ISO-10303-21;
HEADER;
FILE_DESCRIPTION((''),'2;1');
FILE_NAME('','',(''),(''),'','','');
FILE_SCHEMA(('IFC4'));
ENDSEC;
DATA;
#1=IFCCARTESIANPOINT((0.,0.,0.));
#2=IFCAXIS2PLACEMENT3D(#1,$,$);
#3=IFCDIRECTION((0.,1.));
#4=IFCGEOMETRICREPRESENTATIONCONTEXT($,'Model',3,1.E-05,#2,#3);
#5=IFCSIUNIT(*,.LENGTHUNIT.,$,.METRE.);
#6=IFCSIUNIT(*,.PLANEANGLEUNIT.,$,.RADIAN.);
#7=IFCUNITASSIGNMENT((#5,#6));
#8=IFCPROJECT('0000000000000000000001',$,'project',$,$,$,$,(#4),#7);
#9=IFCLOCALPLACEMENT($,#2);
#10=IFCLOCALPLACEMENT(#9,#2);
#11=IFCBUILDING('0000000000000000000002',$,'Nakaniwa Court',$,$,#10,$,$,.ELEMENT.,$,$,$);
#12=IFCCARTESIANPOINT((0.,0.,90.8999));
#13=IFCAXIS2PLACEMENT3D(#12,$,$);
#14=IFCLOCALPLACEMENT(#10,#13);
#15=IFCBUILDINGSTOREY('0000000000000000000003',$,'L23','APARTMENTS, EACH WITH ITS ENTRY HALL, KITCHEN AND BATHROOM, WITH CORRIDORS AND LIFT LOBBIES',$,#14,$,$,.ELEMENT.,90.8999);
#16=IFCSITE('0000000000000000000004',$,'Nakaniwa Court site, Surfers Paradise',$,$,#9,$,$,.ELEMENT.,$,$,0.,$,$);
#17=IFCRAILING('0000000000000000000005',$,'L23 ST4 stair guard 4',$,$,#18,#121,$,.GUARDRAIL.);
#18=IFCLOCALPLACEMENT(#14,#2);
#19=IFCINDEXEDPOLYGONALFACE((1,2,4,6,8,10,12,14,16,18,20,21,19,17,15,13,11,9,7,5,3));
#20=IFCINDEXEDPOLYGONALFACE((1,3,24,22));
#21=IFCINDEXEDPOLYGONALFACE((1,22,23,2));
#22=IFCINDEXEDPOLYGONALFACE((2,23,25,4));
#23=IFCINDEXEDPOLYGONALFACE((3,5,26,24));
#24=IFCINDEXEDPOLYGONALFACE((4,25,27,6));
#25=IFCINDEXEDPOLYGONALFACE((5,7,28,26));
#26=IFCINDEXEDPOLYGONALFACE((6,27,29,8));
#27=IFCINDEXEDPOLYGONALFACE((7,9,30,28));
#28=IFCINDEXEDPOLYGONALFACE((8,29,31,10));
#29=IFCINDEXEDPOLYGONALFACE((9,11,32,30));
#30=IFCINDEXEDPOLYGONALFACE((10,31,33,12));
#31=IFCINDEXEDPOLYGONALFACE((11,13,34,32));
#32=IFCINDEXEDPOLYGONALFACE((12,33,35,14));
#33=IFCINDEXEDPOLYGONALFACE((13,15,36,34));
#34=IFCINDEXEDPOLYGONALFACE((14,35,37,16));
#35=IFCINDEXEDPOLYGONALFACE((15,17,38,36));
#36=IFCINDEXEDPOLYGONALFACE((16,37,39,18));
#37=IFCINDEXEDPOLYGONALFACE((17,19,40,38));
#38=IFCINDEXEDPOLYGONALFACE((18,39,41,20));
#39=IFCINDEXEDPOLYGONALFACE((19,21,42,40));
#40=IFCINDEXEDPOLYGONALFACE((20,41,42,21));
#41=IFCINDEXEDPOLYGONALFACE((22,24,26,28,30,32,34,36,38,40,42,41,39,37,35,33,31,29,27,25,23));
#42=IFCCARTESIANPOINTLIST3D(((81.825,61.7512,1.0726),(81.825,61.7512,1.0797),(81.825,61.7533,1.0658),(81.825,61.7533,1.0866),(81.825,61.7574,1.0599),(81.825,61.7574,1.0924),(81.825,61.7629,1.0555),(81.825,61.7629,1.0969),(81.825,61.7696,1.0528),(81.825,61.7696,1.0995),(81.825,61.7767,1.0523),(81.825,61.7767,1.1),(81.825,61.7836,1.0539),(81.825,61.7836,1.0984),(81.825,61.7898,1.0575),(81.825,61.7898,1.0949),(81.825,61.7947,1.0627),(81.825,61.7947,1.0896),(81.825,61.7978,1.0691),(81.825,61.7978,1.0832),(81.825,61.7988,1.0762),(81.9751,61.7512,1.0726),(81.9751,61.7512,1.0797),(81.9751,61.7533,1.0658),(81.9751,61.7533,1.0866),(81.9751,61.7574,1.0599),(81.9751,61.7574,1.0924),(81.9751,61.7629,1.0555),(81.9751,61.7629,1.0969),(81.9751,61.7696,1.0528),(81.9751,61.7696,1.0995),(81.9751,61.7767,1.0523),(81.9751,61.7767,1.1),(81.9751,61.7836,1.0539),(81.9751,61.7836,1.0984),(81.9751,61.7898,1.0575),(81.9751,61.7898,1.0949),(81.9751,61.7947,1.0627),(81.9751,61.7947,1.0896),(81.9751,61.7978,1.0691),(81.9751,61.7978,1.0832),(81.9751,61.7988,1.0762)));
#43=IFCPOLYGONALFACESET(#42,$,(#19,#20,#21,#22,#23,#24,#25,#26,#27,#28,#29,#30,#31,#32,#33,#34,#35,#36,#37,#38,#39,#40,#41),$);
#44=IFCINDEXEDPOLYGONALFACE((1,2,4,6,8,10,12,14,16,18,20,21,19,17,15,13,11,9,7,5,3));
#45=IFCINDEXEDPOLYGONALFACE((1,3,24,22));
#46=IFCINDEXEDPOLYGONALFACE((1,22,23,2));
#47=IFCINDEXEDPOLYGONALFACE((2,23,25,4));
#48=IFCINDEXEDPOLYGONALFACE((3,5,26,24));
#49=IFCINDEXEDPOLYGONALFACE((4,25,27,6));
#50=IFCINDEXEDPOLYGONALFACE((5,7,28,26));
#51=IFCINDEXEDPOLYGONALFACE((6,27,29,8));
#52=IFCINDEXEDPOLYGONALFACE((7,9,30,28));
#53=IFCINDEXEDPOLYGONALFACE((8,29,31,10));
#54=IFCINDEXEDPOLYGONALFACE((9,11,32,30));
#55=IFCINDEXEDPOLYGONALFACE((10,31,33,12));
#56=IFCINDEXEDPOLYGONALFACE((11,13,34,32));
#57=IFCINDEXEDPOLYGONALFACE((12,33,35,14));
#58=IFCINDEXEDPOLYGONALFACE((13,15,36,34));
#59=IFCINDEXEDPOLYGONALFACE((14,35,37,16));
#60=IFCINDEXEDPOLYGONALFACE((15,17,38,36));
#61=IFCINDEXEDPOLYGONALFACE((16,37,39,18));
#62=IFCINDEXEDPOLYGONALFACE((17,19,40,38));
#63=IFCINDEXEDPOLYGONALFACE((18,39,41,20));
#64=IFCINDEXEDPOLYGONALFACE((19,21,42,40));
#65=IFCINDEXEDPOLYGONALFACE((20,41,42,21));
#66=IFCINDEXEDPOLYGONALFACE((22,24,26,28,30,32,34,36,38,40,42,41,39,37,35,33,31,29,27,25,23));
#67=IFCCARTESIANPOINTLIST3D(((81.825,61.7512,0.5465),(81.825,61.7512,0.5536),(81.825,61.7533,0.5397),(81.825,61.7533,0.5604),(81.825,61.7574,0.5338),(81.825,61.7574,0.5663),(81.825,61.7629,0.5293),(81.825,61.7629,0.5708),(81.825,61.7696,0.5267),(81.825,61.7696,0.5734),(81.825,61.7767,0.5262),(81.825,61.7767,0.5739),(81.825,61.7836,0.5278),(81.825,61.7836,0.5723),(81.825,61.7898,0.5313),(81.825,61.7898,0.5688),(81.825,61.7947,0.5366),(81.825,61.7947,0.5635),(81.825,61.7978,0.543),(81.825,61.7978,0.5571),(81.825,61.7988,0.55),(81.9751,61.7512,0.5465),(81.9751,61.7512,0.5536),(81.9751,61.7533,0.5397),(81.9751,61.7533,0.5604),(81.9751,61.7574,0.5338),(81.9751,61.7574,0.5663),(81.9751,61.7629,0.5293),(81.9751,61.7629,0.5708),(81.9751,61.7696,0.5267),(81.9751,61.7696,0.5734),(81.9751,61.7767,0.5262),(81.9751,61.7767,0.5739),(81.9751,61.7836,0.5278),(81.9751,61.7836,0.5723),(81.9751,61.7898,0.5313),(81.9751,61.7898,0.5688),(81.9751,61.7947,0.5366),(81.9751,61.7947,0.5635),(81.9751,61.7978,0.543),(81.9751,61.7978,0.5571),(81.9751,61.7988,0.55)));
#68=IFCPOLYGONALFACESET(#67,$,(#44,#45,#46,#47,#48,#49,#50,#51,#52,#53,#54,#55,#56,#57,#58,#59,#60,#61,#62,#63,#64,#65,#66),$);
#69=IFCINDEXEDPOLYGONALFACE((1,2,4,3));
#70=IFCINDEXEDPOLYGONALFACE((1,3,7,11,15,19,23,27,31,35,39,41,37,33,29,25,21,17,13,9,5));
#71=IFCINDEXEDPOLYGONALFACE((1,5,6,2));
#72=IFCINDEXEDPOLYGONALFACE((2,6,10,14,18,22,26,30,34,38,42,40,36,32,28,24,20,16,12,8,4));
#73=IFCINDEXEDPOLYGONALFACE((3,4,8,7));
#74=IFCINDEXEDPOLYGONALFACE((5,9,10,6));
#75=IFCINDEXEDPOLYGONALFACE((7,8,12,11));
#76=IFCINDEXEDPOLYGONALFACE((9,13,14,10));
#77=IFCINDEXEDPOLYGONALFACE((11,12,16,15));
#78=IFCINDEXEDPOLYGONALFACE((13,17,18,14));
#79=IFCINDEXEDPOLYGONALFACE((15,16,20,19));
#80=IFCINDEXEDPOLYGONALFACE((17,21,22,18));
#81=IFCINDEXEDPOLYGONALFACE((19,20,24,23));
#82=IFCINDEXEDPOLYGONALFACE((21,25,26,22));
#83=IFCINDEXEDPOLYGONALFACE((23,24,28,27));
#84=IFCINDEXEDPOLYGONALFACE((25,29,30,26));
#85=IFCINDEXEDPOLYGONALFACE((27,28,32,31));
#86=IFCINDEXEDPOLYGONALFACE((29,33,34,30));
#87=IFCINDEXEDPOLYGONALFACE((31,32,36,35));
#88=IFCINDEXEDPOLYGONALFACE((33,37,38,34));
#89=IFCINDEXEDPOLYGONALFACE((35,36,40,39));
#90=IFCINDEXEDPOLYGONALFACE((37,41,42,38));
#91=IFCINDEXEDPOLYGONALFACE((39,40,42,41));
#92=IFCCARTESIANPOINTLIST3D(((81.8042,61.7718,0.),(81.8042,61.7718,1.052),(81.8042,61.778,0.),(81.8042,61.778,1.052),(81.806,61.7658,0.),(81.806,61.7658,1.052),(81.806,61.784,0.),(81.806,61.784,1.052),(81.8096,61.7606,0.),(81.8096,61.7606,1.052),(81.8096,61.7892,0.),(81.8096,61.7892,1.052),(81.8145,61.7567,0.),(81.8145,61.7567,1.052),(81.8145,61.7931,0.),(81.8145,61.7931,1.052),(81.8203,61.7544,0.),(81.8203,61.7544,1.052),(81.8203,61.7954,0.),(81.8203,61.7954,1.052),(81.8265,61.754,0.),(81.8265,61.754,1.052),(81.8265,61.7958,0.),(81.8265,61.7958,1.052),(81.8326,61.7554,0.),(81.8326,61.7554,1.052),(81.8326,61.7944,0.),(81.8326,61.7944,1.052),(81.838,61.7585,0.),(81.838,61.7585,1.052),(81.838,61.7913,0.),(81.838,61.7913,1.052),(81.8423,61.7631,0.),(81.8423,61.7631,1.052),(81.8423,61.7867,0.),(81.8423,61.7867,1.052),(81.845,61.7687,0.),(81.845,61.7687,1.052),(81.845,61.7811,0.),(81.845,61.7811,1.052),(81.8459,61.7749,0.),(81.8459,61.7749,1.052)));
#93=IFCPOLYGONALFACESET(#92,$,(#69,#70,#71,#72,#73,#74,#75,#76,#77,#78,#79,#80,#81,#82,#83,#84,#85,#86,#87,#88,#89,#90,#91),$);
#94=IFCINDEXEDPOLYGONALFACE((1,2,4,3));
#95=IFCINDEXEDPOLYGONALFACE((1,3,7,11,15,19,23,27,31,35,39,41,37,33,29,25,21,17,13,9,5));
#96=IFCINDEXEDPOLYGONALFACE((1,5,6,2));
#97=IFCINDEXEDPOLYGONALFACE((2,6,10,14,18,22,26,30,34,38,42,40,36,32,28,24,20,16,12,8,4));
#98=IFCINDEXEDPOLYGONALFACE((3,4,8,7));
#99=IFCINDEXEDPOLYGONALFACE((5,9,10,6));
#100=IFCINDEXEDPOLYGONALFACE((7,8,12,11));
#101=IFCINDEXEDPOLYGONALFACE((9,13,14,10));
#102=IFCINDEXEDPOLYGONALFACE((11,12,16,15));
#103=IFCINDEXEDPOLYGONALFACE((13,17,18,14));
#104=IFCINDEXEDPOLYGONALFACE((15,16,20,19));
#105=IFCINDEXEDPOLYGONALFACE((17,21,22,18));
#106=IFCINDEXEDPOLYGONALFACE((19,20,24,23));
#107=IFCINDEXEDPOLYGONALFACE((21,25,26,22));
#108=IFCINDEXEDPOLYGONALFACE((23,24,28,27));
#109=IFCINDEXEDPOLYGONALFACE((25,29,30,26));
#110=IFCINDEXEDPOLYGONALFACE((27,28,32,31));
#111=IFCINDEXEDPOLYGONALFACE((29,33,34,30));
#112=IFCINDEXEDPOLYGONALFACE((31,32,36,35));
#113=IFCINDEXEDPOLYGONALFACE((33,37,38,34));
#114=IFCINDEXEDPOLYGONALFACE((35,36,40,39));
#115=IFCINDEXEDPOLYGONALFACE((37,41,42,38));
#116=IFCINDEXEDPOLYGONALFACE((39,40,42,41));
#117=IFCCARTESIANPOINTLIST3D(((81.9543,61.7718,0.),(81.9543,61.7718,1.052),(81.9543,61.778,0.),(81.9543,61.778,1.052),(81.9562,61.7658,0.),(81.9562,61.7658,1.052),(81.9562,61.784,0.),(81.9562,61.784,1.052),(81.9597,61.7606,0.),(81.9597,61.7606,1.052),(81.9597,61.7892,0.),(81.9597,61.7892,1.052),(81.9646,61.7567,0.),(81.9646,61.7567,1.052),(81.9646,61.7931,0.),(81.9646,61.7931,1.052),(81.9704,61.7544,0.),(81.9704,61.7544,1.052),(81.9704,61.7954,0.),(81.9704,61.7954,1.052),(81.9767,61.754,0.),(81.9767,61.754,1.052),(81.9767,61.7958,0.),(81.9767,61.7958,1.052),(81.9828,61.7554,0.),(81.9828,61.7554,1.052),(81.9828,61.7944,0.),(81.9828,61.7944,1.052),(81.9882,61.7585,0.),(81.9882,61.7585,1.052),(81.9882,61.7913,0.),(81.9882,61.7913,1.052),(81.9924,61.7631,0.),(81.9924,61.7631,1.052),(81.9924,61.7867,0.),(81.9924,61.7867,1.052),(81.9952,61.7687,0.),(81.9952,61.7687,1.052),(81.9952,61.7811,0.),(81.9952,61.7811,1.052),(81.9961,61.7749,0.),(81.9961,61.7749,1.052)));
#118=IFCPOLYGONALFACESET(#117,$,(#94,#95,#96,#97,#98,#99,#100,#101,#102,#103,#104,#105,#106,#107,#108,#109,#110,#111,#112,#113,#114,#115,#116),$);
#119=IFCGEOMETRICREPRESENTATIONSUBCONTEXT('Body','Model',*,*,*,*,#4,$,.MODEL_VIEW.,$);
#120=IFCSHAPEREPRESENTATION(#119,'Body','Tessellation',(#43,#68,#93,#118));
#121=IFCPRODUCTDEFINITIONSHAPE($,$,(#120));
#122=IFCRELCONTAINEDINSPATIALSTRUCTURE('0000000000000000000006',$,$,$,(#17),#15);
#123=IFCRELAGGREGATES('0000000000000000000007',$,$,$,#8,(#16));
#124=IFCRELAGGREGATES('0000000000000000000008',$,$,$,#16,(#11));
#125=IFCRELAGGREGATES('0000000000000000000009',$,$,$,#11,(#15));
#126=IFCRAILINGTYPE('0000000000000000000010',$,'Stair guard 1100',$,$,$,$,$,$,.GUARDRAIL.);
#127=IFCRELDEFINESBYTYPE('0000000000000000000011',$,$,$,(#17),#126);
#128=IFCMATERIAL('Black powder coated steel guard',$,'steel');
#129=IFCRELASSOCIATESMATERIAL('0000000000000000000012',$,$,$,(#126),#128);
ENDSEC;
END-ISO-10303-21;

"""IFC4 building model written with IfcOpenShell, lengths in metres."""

from ifc_helpers import new_model, si_unit, direction, frame, origin, origin_2d, place, context, subcontext, project, spatial, circle, extrude, material, type_object, element, save


model = new_model("IFC4")

# Units and contexts
model_context = context("Model", 3, precision=1e-05, world=origin(), true_north=direction((0.0, 1.0)))
body_context = subcontext(model_context, "Body", "Model", "MODEL_VIEW")
ifc_project = project(units=[si_unit("LENGTHUNIT", "METRE"), si_unit("PLANEANGLEUNIT", "RADIAN")], contexts=[model_context])

# Site, building, storey
site_placement = place(None, origin())
site = spatial("IfcSite", under=ifc_project, at=site_placement, Name="Nakaniwa Court site, Surfers Paradise", CompositionType="ELEMENT", RefElevation=0.0)
building_placement = place(site_placement, origin())
building = spatial("IfcBuilding", under=site, at=building_placement, Name="Nakaniwa Court", CompositionType="ELEMENT")
storey_placement = place(building_placement, frame((0.0, 0.0, 90.8999)))
storey = spatial("IfcBuildingStorey", under=building, at=storey_placement, Name="L23", Description="APARTMENTS, EACH WITH ITS ENTRY HALL, KITCHEN AND BATHROOM, WITH CORRIDORS AND LIFT LOBBIES", CompositionType="ELEMENT", Elevation=90.8999)

# Railing
ifc_material_1 = material(Name="Black powder coated steel guard", Category="steel")
railing_type_1 = type_object("IfcRailingType", Name="Stair guard 1100", PredefinedType="GUARDRAIL", material=ifc_material_1)
railing_1_placement = place(storey_placement, frame((81.825, 61.7749, 0.0)))
element("IfcRailing", 1, at=railing_1_placement, inside=storey, type_object=railing_type_1, Name="L23 ST4 stair guard 4", PredefinedType="GUARDRAIL", context=body_context, shape_type="SweptSolid", body=[
    extrude(circle(Radius=0.0239, at=origin_2d()), frame((0.0, 0.0, 1.0762), z_axis=(1.0, 0.0, 0.0), x_axis=(0.0, 1.0, 0.0)), (0.0, 0.0, 1.0), 0.1501),
    extrude(circle(Radius=0.0239, at=origin_2d()), frame((0.0, 0.0, 0.55), z_axis=(1.0, 0.0, 0.0), x_axis=(0.0, 1.0, 0.0)), (0.0, 0.0, 1.0), 0.1501),
    extrude(circle(Radius=0.021, at=origin_2d()), origin(), (0.0, 0.0, 1.0), 1.052),
    extrude(circle(Radius=0.021, at=origin_2d()), frame((0.1501, 0.0, 0.0)), (0.0, 0.0, 1.0), 1.052),
])

save(model, "model.ifc")
